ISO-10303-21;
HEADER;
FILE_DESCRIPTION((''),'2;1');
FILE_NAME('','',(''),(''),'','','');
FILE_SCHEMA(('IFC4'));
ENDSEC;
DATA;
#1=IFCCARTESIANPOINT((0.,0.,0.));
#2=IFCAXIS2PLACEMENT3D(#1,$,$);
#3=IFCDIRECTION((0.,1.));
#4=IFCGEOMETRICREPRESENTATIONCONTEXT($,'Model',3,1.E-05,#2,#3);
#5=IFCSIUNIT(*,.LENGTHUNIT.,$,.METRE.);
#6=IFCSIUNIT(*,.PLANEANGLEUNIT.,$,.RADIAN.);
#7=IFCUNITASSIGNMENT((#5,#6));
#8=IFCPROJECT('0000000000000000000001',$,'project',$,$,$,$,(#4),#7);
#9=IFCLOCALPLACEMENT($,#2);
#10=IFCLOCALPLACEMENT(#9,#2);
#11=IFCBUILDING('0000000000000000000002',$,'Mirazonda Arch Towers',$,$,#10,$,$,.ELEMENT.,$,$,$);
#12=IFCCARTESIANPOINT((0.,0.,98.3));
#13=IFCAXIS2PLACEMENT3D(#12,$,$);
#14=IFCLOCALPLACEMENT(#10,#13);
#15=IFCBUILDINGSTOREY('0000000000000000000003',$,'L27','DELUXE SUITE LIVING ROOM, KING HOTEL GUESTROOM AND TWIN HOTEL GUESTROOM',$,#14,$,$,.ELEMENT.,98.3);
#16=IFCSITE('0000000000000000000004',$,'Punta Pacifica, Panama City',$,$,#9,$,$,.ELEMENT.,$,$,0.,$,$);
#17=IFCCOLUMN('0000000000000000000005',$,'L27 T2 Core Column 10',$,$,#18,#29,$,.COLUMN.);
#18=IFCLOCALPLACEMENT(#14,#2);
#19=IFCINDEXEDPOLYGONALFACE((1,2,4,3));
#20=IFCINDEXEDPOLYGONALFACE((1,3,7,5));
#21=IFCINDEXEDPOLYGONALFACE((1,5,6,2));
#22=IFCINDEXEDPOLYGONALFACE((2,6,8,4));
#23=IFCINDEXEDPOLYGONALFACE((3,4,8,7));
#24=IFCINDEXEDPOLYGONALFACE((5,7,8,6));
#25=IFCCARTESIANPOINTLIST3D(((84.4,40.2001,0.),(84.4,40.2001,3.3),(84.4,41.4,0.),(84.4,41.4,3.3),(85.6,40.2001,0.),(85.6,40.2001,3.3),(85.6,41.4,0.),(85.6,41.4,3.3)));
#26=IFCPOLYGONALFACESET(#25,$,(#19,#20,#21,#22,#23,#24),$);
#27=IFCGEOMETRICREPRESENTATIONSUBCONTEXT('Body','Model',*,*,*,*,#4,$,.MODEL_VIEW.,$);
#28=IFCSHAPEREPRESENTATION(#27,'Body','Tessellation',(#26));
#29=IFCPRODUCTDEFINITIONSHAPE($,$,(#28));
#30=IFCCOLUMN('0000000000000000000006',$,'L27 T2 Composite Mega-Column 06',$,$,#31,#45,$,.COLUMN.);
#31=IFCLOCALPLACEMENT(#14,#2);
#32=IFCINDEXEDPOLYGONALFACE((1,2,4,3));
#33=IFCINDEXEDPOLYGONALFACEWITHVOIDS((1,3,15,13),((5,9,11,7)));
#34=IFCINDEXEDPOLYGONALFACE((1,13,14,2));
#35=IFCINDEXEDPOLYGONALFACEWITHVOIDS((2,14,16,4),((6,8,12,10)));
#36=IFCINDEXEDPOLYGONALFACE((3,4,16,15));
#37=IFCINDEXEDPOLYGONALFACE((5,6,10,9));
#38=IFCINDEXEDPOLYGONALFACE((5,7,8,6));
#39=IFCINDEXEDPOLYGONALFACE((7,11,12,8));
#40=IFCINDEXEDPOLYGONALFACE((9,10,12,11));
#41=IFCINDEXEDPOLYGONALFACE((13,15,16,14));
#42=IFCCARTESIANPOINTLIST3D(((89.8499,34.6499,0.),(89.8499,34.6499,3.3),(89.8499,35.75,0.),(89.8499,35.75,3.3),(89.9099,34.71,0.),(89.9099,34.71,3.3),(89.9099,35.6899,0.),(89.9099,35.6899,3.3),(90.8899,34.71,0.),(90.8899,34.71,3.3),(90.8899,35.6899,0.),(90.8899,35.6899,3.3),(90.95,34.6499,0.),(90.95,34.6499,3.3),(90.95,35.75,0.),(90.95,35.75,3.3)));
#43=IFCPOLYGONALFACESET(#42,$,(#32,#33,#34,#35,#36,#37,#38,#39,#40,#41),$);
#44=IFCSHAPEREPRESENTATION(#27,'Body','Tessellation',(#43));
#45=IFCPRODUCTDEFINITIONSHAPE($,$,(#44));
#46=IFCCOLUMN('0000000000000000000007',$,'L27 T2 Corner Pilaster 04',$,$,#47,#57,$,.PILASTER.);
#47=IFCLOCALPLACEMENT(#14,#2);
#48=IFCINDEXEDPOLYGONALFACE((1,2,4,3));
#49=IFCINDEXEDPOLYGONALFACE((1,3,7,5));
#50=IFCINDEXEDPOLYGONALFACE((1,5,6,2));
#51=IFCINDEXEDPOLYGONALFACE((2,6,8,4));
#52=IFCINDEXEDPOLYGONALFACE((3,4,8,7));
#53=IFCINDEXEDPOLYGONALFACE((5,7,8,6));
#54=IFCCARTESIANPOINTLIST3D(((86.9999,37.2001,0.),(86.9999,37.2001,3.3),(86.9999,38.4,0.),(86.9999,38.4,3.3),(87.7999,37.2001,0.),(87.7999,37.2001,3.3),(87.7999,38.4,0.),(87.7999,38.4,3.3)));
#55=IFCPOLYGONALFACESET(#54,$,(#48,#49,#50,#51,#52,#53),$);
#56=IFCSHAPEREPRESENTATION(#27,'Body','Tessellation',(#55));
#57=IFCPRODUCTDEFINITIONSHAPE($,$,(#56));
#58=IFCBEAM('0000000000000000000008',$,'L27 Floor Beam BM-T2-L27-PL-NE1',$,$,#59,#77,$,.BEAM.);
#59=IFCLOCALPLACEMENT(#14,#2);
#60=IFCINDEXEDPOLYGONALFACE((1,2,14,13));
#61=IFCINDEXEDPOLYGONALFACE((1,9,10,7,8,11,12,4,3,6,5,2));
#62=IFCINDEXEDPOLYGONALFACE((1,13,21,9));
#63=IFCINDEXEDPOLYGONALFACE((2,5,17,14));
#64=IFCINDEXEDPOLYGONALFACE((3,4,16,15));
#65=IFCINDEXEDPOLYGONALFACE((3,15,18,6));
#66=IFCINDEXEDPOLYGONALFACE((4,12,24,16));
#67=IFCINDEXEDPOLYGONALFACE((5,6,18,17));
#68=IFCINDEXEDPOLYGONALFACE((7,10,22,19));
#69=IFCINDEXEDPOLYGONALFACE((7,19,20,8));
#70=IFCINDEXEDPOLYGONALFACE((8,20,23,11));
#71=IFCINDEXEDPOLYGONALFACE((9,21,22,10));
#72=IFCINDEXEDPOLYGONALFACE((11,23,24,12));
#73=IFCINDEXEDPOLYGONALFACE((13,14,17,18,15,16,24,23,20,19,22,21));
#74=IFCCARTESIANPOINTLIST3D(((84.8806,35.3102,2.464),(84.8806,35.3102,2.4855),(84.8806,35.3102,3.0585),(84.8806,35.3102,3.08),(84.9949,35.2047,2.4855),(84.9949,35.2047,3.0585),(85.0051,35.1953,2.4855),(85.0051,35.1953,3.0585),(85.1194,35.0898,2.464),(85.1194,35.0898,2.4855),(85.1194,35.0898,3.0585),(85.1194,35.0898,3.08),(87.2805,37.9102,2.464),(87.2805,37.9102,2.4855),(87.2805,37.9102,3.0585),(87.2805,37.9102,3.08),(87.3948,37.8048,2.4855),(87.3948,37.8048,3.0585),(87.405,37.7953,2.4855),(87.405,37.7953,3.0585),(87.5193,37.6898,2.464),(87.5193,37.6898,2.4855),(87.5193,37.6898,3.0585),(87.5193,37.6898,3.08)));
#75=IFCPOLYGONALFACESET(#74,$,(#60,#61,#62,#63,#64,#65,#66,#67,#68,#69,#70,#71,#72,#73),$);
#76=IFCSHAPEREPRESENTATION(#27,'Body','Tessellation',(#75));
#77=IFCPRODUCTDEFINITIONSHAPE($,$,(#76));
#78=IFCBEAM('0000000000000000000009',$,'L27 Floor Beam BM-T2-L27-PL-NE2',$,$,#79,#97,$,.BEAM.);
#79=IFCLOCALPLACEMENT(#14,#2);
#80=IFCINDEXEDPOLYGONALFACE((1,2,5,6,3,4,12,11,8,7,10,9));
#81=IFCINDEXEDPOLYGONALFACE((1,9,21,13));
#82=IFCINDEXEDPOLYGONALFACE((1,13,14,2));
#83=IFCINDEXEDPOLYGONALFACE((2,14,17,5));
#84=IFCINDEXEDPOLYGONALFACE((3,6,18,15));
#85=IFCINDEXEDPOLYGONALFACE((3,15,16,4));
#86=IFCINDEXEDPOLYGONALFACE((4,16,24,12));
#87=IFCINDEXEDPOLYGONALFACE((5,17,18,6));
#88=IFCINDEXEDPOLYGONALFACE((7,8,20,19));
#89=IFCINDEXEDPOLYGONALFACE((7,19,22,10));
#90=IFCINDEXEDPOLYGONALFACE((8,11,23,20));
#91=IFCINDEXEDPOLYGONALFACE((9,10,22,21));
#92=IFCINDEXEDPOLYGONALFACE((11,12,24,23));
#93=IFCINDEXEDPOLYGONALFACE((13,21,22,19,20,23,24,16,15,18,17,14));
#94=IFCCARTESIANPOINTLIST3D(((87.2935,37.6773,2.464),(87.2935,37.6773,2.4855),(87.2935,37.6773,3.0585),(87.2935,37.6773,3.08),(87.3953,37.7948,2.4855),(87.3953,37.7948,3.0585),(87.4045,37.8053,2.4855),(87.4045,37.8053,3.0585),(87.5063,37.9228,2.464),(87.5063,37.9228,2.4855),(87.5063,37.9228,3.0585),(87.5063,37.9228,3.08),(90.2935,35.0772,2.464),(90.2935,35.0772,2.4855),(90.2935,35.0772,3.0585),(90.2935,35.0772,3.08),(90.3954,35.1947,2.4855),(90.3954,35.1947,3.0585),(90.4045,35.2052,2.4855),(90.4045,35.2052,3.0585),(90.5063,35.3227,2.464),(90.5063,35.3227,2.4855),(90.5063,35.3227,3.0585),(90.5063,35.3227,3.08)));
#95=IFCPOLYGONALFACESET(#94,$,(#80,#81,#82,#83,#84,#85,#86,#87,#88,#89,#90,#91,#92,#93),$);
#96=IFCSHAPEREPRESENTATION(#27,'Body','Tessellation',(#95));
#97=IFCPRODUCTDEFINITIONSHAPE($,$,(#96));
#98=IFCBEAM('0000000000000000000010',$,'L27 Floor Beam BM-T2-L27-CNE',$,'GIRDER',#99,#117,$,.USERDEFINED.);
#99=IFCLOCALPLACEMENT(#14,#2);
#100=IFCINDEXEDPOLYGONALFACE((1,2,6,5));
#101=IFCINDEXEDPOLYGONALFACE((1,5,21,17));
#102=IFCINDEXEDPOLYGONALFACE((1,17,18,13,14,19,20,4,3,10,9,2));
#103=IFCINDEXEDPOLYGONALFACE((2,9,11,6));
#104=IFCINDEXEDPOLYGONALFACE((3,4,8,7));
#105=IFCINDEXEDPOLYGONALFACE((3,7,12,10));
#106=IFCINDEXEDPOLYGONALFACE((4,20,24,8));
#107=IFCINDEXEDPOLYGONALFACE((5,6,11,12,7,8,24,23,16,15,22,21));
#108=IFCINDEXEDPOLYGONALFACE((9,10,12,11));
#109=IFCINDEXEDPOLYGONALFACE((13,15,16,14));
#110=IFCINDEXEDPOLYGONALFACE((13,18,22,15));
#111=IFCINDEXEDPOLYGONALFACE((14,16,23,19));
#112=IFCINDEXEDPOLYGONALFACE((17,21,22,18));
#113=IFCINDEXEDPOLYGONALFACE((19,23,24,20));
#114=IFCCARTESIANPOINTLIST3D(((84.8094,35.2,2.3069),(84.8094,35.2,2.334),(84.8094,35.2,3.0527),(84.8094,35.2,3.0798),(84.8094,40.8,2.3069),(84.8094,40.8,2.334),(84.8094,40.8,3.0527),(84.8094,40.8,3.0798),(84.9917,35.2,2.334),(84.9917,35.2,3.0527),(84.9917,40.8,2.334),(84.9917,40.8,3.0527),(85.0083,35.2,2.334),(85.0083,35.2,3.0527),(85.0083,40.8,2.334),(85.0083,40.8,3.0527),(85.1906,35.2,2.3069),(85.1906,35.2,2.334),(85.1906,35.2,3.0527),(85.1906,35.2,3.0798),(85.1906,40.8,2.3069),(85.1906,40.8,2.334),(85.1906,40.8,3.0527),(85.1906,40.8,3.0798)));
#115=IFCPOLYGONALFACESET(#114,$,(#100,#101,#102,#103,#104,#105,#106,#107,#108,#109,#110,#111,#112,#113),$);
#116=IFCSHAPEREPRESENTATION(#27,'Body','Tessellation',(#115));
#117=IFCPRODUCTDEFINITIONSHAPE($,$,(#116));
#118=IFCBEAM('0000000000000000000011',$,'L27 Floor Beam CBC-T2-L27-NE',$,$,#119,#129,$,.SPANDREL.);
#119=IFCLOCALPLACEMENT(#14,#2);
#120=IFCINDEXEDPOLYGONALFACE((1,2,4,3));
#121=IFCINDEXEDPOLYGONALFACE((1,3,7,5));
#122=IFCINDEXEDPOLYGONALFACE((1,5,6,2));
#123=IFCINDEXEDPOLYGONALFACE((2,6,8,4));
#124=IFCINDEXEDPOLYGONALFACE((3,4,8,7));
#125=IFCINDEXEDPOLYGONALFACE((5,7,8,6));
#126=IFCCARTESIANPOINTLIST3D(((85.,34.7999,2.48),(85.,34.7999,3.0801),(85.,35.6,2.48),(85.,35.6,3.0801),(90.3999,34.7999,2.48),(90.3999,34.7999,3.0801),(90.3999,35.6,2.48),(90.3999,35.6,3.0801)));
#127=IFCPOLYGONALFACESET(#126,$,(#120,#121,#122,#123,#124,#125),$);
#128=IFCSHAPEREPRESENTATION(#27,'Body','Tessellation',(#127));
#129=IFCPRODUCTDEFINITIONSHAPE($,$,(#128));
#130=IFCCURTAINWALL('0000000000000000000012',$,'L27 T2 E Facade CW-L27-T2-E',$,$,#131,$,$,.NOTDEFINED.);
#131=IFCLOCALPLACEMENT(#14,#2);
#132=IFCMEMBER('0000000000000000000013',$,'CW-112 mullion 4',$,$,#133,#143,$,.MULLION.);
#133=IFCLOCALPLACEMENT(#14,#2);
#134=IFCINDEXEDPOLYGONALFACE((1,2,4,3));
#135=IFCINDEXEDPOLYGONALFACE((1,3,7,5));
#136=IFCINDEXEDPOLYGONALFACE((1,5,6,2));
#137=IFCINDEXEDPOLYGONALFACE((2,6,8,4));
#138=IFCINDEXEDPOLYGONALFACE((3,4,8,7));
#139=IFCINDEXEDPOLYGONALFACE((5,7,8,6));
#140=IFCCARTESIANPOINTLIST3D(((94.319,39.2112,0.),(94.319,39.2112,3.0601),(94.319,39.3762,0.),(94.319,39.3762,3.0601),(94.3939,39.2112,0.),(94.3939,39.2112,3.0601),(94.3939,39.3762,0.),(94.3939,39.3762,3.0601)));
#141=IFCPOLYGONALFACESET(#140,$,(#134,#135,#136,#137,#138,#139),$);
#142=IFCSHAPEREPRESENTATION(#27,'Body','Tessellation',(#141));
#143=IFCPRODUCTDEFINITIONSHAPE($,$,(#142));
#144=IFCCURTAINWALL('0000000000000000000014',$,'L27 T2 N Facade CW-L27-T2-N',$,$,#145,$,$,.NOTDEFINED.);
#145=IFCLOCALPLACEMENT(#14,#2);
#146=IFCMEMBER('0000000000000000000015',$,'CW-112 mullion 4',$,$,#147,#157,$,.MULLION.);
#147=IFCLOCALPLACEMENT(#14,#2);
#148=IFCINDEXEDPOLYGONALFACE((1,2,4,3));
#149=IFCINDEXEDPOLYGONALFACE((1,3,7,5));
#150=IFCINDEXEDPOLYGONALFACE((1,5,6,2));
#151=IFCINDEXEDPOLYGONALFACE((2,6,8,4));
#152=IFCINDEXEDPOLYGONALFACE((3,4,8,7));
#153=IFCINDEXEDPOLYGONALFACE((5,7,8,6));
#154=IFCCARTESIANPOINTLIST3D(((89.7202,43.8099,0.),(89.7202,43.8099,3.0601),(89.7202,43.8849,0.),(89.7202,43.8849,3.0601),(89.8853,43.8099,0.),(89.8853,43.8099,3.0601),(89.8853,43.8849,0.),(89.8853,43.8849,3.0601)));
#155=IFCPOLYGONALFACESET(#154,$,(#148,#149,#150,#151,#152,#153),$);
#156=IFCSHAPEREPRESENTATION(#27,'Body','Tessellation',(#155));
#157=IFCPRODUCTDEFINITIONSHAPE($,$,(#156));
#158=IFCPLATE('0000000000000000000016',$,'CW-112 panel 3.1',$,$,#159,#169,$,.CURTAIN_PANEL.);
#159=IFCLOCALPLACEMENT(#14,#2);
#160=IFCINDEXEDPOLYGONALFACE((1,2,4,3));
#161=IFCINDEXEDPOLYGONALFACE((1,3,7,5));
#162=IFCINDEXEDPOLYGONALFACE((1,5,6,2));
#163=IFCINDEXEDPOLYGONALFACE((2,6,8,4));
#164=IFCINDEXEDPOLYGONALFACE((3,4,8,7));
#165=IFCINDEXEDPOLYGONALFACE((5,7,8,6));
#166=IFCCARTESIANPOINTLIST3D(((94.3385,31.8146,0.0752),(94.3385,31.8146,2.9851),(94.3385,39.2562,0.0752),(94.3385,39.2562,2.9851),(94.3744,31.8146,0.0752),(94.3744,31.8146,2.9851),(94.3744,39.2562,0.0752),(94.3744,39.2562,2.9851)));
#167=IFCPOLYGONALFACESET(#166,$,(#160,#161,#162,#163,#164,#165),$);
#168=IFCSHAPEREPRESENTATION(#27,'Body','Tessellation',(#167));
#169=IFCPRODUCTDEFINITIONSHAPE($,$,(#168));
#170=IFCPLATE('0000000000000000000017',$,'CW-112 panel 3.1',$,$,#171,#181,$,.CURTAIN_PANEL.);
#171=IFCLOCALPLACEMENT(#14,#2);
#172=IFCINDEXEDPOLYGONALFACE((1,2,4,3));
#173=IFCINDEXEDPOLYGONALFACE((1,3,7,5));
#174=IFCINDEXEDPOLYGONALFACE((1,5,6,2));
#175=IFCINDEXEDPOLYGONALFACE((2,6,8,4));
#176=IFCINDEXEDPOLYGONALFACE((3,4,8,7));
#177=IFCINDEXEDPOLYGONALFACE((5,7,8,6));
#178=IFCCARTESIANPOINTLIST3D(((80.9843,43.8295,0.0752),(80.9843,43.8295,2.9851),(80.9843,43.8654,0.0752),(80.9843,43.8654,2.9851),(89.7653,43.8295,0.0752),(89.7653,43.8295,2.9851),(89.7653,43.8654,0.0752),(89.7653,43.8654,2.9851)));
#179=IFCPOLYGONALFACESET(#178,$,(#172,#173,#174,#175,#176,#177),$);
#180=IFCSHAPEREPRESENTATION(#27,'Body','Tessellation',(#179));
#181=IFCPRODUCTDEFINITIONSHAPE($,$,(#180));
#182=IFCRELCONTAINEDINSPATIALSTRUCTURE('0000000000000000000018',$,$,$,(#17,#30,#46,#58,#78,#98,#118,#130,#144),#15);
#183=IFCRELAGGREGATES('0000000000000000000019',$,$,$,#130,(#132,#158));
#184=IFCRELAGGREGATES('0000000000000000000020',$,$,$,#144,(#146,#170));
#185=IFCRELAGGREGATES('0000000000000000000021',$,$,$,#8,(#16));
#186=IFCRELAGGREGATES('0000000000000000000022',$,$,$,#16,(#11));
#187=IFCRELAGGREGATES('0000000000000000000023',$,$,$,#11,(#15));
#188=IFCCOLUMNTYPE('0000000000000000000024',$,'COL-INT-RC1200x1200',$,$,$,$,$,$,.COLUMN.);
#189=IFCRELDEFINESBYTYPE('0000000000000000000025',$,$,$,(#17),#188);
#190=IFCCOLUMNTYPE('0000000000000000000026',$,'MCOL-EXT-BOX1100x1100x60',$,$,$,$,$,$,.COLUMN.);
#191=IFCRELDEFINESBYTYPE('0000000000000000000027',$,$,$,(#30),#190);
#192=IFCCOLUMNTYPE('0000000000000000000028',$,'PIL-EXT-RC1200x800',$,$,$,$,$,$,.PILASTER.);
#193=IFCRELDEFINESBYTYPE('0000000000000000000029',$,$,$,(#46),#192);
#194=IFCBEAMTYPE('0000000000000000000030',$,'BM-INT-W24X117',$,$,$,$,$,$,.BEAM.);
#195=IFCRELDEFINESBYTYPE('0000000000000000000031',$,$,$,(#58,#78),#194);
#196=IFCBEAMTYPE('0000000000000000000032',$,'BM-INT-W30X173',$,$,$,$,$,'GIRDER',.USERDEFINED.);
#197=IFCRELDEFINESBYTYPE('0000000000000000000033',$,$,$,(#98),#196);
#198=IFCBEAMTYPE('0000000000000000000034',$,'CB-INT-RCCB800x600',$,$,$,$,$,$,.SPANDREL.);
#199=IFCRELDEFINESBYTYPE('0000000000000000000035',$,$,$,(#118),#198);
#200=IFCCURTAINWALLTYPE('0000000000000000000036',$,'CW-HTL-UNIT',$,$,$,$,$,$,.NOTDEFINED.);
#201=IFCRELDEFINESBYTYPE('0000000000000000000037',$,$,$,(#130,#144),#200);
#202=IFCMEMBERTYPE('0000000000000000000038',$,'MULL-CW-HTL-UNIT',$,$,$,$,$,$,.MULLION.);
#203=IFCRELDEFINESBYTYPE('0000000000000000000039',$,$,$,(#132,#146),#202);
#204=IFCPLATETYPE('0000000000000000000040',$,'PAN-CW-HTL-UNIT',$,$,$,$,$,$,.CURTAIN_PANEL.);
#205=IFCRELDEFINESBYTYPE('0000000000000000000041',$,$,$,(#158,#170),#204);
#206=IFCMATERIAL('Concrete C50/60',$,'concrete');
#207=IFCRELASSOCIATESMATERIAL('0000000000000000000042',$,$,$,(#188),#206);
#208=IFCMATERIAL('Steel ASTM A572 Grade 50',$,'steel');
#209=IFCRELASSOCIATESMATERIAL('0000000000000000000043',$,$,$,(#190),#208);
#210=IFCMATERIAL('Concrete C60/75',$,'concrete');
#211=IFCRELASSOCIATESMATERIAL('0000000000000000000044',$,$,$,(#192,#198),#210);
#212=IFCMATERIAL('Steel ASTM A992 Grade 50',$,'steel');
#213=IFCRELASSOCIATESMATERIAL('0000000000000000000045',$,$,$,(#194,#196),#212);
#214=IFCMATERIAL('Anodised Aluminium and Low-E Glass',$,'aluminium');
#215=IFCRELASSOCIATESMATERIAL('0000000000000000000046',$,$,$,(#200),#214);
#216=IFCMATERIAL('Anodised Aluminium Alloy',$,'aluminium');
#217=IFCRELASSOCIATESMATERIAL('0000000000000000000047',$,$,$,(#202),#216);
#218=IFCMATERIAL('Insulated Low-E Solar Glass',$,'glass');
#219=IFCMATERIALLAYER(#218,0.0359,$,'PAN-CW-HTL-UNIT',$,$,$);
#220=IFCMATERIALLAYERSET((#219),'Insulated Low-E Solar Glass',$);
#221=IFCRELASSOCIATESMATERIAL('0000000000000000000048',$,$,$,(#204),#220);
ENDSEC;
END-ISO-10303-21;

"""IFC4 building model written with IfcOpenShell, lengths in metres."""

from ifc_helpers import new_model, si_unit, direction, frame, origin, origin_2d, place, context, subcontext, project, spatial, rectangle, hollow_rectangle, i_section, extrude, material, layer, layer_set, material_profile, profile_set, type_object, element, aggregate, save


model = new_model("IFC4")

# Units and contexts
model_context = context("Model", 3, precision=1e-05, world=origin(), true_north=direction((0.0, 1.0)))
body_context = subcontext(model_context, "Body", "Model", "MODEL_VIEW")
ifc_project = project(units=[si_unit("LENGTHUNIT", "METRE"), si_unit("PLANEANGLEUNIT", "RADIAN")], contexts=[model_context])

# Site, building, storey
site_placement = place(None, origin())
site = spatial("IfcSite", under=ifc_project, at=site_placement, Name="Punta Pacifica, Panama City", CompositionType="ELEMENT", RefElevation=0.0)
building_placement = place(site_placement, origin())
building = spatial("IfcBuilding", under=site, at=building_placement, Name="Mirazonda Arch Towers", CompositionType="ELEMENT")
storey_placement = place(building_placement, frame((0.0, 0.0, 98.3)))
storey = spatial("IfcBuildingStorey", under=building, at=storey_placement, Name="L27", Description="DELUXE SUITE LIVING ROOM, KING HOTEL GUESTROOM AND TWIN HOTEL GUESTROOM", CompositionType="ELEMENT", Elevation=98.3)

# Columns
ifc_material_1 = material(Name="Concrete C50/60", Category="concrete")
ifc_material_profile_1 = material_profile(ifc_material_1, rectangle(XDim=1.2, YDim=1.2, at=origin_2d()), Name="RC1200x1200")
ifc_profile_set_1 = profile_set([ifc_material_profile_1], Name="Concrete C50/60")
column_type_1 = type_object("IfcColumnType", Name="COL-INT-RC1200x1200", PredefinedType="COLUMN", material=ifc_profile_set_1)
column_1_placement = place(storey_placement, frame((85.0, 40.8, 0.0), z_axis=(0.0, 0.0, 1.0), x_axis=(1.0, 0.0, 0.0)))
element("IfcColumn", 1, at=column_1_placement, inside=storey, type_object=column_type_1, Name="L27 T2 Core Column 10", PredefinedType="COLUMN", context=body_context, shape_type="SweptSolid", body=[
    extrude(rectangle(XDim=1.2, YDim=1.2, at=origin_2d()), origin(), (0.0, 0.0, 1.0), 3.3),
])
ifc_material_2 = material(Name="Steel ASTM A572 Grade 50", Category="steel")
ifc_material_profile_2 = material_profile(ifc_material_2, hollow_rectangle(XDim=1.1001, YDim=1.1001, WallThickness=0.0601, at=origin_2d()), Name="BOX1100x1100x60")
ifc_profile_set_2 = profile_set([ifc_material_profile_2], Name="Steel ASTM A572 Grade 50")
column_type_2 = type_object("IfcColumnType", Name="MCOL-EXT-BOX1100x1100x60", PredefinedType="COLUMN", material=ifc_profile_set_2)
column_2_placement = place(storey_placement, frame((90.3999, 35.2, 0.0), z_axis=(0.0, 0.0, 1.0), x_axis=(1.0, 0.0, 0.0)))
element("IfcColumn", 2, at=column_2_placement, inside=storey, type_object=column_type_2, Name="L27 T2 Composite Mega-Column 06", PredefinedType="COLUMN", context=body_context, shape_type="SweptSolid", body=[
    extrude(hollow_rectangle(XDim=1.1001, YDim=1.1001, WallThickness=0.0601, at=origin_2d()), origin(), (0.0, 0.0, 1.0), 3.3),
])
ifc_material_3 = material(Name="Concrete C60/75", Category="concrete")
ifc_material_profile_3 = material_profile(ifc_material_3, rectangle(XDim=0.8, YDim=1.2, at=origin_2d()), Name="RC1200x800")
ifc_profile_set_3 = profile_set([ifc_material_profile_3], Name="Concrete C60/75")
column_type_3 = type_object("IfcColumnType", Name="PIL-EXT-RC1200x800", PredefinedType="PILASTER", material=ifc_profile_set_3)
column_3_placement = place(storey_placement, frame((87.3999, 37.8, 0.0), z_axis=(0.0, 0.0, 1.0), x_axis=(1.0, 0.0, 0.0)))
element("IfcColumn", 3, at=column_3_placement, inside=storey, type_object=column_type_3, Name="L27 T2 Corner Pilaster 04", PredefinedType="PILASTER", context=body_context, shape_type="SweptSolid", body=[
    extrude(rectangle(XDim=0.8, YDim=1.2, at=origin_2d()), origin(), (0.0, 0.0, 1.0), 3.3),
])

# Beams
ifc_material_4 = material(Name="Steel ASTM A992 Grade 50", Category="steel")
ifc_material_profile_4 = material_profile(ifc_material_4, i_section(OverallWidth=0.325, OverallDepth=0.616, WebThickness=0.0139, FlangeThickness=0.0215, at=origin_2d()), Name="W24X117")
ifc_profile_set_4 = profile_set([ifc_material_profile_4], Name="Steel ASTM A992 Grade 50")
beam_type_1 = type_object("IfcBeamType", Name="BM-INT-W24X117", PredefinedType="BEAM", material=ifc_profile_set_4)
beam_1_placement = place(storey_placement, frame((87.3999, 37.8, 2.772), z_axis=(-0.678251, -0.73483, 0.0), x_axis=(0.73483, -0.678251, 0.0)))
element("IfcBeam", 4, at=beam_1_placement, inside=storey, type_object=beam_type_1, Name="L27 Floor Beam BM-T2-L27-PL-NE1", PredefinedType="BEAM", context=body_context, shape_type="SweptSolid", body=[
    extrude(i_section(OverallWidth=0.325, OverallDepth=0.616, WebThickness=0.0139, FlangeThickness=0.0215, at=origin_2d()), origin(), (0.0, 0.0, 1.0), 3.5383),
])
beam_2_placement = place(storey_placement, frame((87.3999, 37.8, 2.772), z_axis=(0.755677, -0.654945, 0.0), x_axis=(0.654945, 0.755677, 0.0)))
element("IfcBeam", 5, at=beam_2_placement, inside=storey, type_object=beam_type_1, Name="L27 Floor Beam BM-T2-L27-PL-NE2", PredefinedType="BEAM", context=body_context, shape_type="SweptSolid", body=[
    extrude(i_section(OverallWidth=0.325, OverallDepth=0.616, WebThickness=0.0139, FlangeThickness=0.0215, at=origin_2d()), origin(), (0.0, 0.0, 1.0), 3.97),
])
ifc_material_profile_5 = material_profile(ifc_material_4, i_section(OverallWidth=0.3811, OverallDepth=0.7729, WebThickness=0.0166, FlangeThickness=0.0271, at=origin_2d()), Name="W30X173")
ifc_profile_set_5 = profile_set([ifc_material_profile_5], Name="Steel ASTM A992 Grade 50")
beam_type_2 = type_object("IfcBeamType", Name="BM-INT-W30X173", ElementType="GIRDER", PredefinedType="USERDEFINED", material=ifc_profile_set_5)
beam_3_placement = place(storey_placement, frame((85.0, 35.2, 2.6934), z_axis=(0.0, 1.0, 0.0), x_axis=(-1.0, 0.0, 0.0)))
element("IfcBeam", 6, at=beam_3_placement, inside=storey, type_object=beam_type_2, Name="L27 Floor Beam BM-T2-L27-CNE", ObjectType="GIRDER", PredefinedType="USERDEFINED", context=body_context, shape_type="SweptSolid", body=[
    extrude(i_section(OverallWidth=0.3811, OverallDepth=0.7729, WebThickness=0.0166, FlangeThickness=0.0271, at=origin_2d()), origin(), (0.0, 0.0, 1.0), 5.6001),
])
ifc_material_profile_6 = material_profile(ifc_material_3, rectangle(XDim=0.8, YDim=0.6001, at=origin_2d()), Name="RCCB800x600")
ifc_profile_set_6 = profile_set([ifc_material_profile_6], Name="Concrete C60/75")
beam_type_3 = type_object("IfcBeamType", Name="CB-INT-RCCB800x600", PredefinedType="SPANDREL", material=ifc_profile_set_6)
beam_4_placement = place(storey_placement, frame((85.0, 35.2, 2.78), z_axis=(1.0, 0.0, 0.0), x_axis=(0.0, 1.0, 0.0)))
element("IfcBeam", 7, at=beam_4_placement, inside=storey, type_object=beam_type_3, Name="L27 Floor Beam CBC-T2-L27-NE", PredefinedType="SPANDREL", context=body_context, shape_type="SweptSolid", body=[
    extrude(rectangle(XDim=0.8, YDim=0.6001, at=origin_2d()), origin(), (0.0, 0.0, 1.0), 5.3999),
])

# Curtain walls, members
ifc_material_5 = material(Name="Anodised Aluminium and Low-E Glass", Category="aluminium")
curtain_wall_type = type_object("IfcCurtainWallType", Name="CW-HTL-UNIT", PredefinedType="NOTDEFINED", material=ifc_material_5)
curtain_wall_1_placement = place(storey_placement, origin())
curtain_wall_1 = element("IfcCurtainWall", 8, at=curtain_wall_1_placement, inside=storey, type_object=curtain_wall_type, Name="L27 T2 E Facade CW-L27-T2-E", PredefinedType="NOTDEFINED")
ifc_material_6 = material(Name="Anodised Aluminium Alloy", Category="aluminium")
ifc_material_profile_7 = material_profile(ifc_material_6, rectangle(XDim=0.075, YDim=0.165, at=origin_2d()), Name="ALU-MULL-75x165")
ifc_profile_set_7 = profile_set([ifc_material_profile_7], Name="Anodised Aluminium Alloy")
member_type = type_object("IfcMemberType", Name="MULL-CW-HTL-UNIT", PredefinedType="MULLION", material=ifc_profile_set_7)
member_1_placement = place(storey_placement, frame((94.3564, 39.2937, 0.0), z_axis=(0.0, 0.0, 1.0), x_axis=(-1.0, 0.0, 0.0)))
member_1 = element("IfcMember", 9, at=member_1_placement, type_object=member_type, Name="CW-112 mullion 4", PredefinedType="MULLION", context=body_context, shape_type="SweptSolid", body=[
    extrude(rectangle(XDim=0.075, YDim=0.165, at=origin_2d()), origin(), (0.0, 0.0, 1.0), 3.0601),
])
curtain_wall_2_placement = place(storey_placement, origin())
curtain_wall_2 = element("IfcCurtainWall", 10, at=curtain_wall_2_placement, inside=storey, type_object=curtain_wall_type, Name="L27 T2 N Facade CW-L27-T2-N", PredefinedType="NOTDEFINED")
member_2_placement = place(storey_placement, frame((89.8027, 43.8474, 0.0), z_axis=(0.0, 0.0, 1.0), x_axis=(0.0, 1.0, 0.0)))
member_2 = element("IfcMember", 11, at=member_2_placement, type_object=member_type, Name="CW-112 mullion 4", PredefinedType="MULLION", context=body_context, shape_type="SweptSolid", body=[
    extrude(rectangle(XDim=0.075, YDim=0.165, at=origin_2d()), origin(), (0.0, 0.0, 1.0), 3.0601),
])

# Plates
ifc_material_7 = material(Name="Insulated Low-E Solar Glass", Category="glass")
ifc_layer_1 = layer(ifc_material_7, 0.0359, Name="PAN-CW-HTL-UNIT")
ifc_layer_set_1 = layer_set([ifc_layer_1], Name="Insulated Low-E Solar Glass")
plate_type = type_object("IfcPlateType", Name="PAN-CW-HTL-UNIT", PredefinedType="CURTAIN_PANEL", material=ifc_layer_set_1)
plate_1_placement = place(storey_placement, frame((94.3564, 35.5354, 0.0752), z_axis=(0.0, 0.0, 1.0), x_axis=(0.0, 1.0, 0.0)))
plate_1 = element("IfcPlate", 12, at=plate_1_placement, type_object=plate_type, Name="CW-112 panel 3.1", PredefinedType="CURTAIN_PANEL", context=body_context, shape_type="SweptSolid", body=[
    extrude(rectangle(XDim=7.4417, YDim=0.0359, at=origin_2d()), origin(), (0.0, 0.0, 1.0), 2.9099),
])
aggregate(curtain_wall_1, [member_1, plate_1])
plate_2_placement = place(storey_placement, frame((85.3748, 43.8474, 0.0752), z_axis=(0.0, 0.0, 1.0), x_axis=(1.0, 0.0, 0.0)))
plate_2 = element("IfcPlate", 13, at=plate_2_placement, type_object=plate_type, Name="CW-112 panel 3.1", PredefinedType="CURTAIN_PANEL", context=body_context, shape_type="SweptSolid", body=[
    extrude(rectangle(XDim=8.781, YDim=0.0359, at=origin_2d()), origin(), (0.0, 0.0, 1.0), 2.9099),
])
aggregate(curtain_wall_2, [member_2, plate_2])

save(model, "model.ifc")
